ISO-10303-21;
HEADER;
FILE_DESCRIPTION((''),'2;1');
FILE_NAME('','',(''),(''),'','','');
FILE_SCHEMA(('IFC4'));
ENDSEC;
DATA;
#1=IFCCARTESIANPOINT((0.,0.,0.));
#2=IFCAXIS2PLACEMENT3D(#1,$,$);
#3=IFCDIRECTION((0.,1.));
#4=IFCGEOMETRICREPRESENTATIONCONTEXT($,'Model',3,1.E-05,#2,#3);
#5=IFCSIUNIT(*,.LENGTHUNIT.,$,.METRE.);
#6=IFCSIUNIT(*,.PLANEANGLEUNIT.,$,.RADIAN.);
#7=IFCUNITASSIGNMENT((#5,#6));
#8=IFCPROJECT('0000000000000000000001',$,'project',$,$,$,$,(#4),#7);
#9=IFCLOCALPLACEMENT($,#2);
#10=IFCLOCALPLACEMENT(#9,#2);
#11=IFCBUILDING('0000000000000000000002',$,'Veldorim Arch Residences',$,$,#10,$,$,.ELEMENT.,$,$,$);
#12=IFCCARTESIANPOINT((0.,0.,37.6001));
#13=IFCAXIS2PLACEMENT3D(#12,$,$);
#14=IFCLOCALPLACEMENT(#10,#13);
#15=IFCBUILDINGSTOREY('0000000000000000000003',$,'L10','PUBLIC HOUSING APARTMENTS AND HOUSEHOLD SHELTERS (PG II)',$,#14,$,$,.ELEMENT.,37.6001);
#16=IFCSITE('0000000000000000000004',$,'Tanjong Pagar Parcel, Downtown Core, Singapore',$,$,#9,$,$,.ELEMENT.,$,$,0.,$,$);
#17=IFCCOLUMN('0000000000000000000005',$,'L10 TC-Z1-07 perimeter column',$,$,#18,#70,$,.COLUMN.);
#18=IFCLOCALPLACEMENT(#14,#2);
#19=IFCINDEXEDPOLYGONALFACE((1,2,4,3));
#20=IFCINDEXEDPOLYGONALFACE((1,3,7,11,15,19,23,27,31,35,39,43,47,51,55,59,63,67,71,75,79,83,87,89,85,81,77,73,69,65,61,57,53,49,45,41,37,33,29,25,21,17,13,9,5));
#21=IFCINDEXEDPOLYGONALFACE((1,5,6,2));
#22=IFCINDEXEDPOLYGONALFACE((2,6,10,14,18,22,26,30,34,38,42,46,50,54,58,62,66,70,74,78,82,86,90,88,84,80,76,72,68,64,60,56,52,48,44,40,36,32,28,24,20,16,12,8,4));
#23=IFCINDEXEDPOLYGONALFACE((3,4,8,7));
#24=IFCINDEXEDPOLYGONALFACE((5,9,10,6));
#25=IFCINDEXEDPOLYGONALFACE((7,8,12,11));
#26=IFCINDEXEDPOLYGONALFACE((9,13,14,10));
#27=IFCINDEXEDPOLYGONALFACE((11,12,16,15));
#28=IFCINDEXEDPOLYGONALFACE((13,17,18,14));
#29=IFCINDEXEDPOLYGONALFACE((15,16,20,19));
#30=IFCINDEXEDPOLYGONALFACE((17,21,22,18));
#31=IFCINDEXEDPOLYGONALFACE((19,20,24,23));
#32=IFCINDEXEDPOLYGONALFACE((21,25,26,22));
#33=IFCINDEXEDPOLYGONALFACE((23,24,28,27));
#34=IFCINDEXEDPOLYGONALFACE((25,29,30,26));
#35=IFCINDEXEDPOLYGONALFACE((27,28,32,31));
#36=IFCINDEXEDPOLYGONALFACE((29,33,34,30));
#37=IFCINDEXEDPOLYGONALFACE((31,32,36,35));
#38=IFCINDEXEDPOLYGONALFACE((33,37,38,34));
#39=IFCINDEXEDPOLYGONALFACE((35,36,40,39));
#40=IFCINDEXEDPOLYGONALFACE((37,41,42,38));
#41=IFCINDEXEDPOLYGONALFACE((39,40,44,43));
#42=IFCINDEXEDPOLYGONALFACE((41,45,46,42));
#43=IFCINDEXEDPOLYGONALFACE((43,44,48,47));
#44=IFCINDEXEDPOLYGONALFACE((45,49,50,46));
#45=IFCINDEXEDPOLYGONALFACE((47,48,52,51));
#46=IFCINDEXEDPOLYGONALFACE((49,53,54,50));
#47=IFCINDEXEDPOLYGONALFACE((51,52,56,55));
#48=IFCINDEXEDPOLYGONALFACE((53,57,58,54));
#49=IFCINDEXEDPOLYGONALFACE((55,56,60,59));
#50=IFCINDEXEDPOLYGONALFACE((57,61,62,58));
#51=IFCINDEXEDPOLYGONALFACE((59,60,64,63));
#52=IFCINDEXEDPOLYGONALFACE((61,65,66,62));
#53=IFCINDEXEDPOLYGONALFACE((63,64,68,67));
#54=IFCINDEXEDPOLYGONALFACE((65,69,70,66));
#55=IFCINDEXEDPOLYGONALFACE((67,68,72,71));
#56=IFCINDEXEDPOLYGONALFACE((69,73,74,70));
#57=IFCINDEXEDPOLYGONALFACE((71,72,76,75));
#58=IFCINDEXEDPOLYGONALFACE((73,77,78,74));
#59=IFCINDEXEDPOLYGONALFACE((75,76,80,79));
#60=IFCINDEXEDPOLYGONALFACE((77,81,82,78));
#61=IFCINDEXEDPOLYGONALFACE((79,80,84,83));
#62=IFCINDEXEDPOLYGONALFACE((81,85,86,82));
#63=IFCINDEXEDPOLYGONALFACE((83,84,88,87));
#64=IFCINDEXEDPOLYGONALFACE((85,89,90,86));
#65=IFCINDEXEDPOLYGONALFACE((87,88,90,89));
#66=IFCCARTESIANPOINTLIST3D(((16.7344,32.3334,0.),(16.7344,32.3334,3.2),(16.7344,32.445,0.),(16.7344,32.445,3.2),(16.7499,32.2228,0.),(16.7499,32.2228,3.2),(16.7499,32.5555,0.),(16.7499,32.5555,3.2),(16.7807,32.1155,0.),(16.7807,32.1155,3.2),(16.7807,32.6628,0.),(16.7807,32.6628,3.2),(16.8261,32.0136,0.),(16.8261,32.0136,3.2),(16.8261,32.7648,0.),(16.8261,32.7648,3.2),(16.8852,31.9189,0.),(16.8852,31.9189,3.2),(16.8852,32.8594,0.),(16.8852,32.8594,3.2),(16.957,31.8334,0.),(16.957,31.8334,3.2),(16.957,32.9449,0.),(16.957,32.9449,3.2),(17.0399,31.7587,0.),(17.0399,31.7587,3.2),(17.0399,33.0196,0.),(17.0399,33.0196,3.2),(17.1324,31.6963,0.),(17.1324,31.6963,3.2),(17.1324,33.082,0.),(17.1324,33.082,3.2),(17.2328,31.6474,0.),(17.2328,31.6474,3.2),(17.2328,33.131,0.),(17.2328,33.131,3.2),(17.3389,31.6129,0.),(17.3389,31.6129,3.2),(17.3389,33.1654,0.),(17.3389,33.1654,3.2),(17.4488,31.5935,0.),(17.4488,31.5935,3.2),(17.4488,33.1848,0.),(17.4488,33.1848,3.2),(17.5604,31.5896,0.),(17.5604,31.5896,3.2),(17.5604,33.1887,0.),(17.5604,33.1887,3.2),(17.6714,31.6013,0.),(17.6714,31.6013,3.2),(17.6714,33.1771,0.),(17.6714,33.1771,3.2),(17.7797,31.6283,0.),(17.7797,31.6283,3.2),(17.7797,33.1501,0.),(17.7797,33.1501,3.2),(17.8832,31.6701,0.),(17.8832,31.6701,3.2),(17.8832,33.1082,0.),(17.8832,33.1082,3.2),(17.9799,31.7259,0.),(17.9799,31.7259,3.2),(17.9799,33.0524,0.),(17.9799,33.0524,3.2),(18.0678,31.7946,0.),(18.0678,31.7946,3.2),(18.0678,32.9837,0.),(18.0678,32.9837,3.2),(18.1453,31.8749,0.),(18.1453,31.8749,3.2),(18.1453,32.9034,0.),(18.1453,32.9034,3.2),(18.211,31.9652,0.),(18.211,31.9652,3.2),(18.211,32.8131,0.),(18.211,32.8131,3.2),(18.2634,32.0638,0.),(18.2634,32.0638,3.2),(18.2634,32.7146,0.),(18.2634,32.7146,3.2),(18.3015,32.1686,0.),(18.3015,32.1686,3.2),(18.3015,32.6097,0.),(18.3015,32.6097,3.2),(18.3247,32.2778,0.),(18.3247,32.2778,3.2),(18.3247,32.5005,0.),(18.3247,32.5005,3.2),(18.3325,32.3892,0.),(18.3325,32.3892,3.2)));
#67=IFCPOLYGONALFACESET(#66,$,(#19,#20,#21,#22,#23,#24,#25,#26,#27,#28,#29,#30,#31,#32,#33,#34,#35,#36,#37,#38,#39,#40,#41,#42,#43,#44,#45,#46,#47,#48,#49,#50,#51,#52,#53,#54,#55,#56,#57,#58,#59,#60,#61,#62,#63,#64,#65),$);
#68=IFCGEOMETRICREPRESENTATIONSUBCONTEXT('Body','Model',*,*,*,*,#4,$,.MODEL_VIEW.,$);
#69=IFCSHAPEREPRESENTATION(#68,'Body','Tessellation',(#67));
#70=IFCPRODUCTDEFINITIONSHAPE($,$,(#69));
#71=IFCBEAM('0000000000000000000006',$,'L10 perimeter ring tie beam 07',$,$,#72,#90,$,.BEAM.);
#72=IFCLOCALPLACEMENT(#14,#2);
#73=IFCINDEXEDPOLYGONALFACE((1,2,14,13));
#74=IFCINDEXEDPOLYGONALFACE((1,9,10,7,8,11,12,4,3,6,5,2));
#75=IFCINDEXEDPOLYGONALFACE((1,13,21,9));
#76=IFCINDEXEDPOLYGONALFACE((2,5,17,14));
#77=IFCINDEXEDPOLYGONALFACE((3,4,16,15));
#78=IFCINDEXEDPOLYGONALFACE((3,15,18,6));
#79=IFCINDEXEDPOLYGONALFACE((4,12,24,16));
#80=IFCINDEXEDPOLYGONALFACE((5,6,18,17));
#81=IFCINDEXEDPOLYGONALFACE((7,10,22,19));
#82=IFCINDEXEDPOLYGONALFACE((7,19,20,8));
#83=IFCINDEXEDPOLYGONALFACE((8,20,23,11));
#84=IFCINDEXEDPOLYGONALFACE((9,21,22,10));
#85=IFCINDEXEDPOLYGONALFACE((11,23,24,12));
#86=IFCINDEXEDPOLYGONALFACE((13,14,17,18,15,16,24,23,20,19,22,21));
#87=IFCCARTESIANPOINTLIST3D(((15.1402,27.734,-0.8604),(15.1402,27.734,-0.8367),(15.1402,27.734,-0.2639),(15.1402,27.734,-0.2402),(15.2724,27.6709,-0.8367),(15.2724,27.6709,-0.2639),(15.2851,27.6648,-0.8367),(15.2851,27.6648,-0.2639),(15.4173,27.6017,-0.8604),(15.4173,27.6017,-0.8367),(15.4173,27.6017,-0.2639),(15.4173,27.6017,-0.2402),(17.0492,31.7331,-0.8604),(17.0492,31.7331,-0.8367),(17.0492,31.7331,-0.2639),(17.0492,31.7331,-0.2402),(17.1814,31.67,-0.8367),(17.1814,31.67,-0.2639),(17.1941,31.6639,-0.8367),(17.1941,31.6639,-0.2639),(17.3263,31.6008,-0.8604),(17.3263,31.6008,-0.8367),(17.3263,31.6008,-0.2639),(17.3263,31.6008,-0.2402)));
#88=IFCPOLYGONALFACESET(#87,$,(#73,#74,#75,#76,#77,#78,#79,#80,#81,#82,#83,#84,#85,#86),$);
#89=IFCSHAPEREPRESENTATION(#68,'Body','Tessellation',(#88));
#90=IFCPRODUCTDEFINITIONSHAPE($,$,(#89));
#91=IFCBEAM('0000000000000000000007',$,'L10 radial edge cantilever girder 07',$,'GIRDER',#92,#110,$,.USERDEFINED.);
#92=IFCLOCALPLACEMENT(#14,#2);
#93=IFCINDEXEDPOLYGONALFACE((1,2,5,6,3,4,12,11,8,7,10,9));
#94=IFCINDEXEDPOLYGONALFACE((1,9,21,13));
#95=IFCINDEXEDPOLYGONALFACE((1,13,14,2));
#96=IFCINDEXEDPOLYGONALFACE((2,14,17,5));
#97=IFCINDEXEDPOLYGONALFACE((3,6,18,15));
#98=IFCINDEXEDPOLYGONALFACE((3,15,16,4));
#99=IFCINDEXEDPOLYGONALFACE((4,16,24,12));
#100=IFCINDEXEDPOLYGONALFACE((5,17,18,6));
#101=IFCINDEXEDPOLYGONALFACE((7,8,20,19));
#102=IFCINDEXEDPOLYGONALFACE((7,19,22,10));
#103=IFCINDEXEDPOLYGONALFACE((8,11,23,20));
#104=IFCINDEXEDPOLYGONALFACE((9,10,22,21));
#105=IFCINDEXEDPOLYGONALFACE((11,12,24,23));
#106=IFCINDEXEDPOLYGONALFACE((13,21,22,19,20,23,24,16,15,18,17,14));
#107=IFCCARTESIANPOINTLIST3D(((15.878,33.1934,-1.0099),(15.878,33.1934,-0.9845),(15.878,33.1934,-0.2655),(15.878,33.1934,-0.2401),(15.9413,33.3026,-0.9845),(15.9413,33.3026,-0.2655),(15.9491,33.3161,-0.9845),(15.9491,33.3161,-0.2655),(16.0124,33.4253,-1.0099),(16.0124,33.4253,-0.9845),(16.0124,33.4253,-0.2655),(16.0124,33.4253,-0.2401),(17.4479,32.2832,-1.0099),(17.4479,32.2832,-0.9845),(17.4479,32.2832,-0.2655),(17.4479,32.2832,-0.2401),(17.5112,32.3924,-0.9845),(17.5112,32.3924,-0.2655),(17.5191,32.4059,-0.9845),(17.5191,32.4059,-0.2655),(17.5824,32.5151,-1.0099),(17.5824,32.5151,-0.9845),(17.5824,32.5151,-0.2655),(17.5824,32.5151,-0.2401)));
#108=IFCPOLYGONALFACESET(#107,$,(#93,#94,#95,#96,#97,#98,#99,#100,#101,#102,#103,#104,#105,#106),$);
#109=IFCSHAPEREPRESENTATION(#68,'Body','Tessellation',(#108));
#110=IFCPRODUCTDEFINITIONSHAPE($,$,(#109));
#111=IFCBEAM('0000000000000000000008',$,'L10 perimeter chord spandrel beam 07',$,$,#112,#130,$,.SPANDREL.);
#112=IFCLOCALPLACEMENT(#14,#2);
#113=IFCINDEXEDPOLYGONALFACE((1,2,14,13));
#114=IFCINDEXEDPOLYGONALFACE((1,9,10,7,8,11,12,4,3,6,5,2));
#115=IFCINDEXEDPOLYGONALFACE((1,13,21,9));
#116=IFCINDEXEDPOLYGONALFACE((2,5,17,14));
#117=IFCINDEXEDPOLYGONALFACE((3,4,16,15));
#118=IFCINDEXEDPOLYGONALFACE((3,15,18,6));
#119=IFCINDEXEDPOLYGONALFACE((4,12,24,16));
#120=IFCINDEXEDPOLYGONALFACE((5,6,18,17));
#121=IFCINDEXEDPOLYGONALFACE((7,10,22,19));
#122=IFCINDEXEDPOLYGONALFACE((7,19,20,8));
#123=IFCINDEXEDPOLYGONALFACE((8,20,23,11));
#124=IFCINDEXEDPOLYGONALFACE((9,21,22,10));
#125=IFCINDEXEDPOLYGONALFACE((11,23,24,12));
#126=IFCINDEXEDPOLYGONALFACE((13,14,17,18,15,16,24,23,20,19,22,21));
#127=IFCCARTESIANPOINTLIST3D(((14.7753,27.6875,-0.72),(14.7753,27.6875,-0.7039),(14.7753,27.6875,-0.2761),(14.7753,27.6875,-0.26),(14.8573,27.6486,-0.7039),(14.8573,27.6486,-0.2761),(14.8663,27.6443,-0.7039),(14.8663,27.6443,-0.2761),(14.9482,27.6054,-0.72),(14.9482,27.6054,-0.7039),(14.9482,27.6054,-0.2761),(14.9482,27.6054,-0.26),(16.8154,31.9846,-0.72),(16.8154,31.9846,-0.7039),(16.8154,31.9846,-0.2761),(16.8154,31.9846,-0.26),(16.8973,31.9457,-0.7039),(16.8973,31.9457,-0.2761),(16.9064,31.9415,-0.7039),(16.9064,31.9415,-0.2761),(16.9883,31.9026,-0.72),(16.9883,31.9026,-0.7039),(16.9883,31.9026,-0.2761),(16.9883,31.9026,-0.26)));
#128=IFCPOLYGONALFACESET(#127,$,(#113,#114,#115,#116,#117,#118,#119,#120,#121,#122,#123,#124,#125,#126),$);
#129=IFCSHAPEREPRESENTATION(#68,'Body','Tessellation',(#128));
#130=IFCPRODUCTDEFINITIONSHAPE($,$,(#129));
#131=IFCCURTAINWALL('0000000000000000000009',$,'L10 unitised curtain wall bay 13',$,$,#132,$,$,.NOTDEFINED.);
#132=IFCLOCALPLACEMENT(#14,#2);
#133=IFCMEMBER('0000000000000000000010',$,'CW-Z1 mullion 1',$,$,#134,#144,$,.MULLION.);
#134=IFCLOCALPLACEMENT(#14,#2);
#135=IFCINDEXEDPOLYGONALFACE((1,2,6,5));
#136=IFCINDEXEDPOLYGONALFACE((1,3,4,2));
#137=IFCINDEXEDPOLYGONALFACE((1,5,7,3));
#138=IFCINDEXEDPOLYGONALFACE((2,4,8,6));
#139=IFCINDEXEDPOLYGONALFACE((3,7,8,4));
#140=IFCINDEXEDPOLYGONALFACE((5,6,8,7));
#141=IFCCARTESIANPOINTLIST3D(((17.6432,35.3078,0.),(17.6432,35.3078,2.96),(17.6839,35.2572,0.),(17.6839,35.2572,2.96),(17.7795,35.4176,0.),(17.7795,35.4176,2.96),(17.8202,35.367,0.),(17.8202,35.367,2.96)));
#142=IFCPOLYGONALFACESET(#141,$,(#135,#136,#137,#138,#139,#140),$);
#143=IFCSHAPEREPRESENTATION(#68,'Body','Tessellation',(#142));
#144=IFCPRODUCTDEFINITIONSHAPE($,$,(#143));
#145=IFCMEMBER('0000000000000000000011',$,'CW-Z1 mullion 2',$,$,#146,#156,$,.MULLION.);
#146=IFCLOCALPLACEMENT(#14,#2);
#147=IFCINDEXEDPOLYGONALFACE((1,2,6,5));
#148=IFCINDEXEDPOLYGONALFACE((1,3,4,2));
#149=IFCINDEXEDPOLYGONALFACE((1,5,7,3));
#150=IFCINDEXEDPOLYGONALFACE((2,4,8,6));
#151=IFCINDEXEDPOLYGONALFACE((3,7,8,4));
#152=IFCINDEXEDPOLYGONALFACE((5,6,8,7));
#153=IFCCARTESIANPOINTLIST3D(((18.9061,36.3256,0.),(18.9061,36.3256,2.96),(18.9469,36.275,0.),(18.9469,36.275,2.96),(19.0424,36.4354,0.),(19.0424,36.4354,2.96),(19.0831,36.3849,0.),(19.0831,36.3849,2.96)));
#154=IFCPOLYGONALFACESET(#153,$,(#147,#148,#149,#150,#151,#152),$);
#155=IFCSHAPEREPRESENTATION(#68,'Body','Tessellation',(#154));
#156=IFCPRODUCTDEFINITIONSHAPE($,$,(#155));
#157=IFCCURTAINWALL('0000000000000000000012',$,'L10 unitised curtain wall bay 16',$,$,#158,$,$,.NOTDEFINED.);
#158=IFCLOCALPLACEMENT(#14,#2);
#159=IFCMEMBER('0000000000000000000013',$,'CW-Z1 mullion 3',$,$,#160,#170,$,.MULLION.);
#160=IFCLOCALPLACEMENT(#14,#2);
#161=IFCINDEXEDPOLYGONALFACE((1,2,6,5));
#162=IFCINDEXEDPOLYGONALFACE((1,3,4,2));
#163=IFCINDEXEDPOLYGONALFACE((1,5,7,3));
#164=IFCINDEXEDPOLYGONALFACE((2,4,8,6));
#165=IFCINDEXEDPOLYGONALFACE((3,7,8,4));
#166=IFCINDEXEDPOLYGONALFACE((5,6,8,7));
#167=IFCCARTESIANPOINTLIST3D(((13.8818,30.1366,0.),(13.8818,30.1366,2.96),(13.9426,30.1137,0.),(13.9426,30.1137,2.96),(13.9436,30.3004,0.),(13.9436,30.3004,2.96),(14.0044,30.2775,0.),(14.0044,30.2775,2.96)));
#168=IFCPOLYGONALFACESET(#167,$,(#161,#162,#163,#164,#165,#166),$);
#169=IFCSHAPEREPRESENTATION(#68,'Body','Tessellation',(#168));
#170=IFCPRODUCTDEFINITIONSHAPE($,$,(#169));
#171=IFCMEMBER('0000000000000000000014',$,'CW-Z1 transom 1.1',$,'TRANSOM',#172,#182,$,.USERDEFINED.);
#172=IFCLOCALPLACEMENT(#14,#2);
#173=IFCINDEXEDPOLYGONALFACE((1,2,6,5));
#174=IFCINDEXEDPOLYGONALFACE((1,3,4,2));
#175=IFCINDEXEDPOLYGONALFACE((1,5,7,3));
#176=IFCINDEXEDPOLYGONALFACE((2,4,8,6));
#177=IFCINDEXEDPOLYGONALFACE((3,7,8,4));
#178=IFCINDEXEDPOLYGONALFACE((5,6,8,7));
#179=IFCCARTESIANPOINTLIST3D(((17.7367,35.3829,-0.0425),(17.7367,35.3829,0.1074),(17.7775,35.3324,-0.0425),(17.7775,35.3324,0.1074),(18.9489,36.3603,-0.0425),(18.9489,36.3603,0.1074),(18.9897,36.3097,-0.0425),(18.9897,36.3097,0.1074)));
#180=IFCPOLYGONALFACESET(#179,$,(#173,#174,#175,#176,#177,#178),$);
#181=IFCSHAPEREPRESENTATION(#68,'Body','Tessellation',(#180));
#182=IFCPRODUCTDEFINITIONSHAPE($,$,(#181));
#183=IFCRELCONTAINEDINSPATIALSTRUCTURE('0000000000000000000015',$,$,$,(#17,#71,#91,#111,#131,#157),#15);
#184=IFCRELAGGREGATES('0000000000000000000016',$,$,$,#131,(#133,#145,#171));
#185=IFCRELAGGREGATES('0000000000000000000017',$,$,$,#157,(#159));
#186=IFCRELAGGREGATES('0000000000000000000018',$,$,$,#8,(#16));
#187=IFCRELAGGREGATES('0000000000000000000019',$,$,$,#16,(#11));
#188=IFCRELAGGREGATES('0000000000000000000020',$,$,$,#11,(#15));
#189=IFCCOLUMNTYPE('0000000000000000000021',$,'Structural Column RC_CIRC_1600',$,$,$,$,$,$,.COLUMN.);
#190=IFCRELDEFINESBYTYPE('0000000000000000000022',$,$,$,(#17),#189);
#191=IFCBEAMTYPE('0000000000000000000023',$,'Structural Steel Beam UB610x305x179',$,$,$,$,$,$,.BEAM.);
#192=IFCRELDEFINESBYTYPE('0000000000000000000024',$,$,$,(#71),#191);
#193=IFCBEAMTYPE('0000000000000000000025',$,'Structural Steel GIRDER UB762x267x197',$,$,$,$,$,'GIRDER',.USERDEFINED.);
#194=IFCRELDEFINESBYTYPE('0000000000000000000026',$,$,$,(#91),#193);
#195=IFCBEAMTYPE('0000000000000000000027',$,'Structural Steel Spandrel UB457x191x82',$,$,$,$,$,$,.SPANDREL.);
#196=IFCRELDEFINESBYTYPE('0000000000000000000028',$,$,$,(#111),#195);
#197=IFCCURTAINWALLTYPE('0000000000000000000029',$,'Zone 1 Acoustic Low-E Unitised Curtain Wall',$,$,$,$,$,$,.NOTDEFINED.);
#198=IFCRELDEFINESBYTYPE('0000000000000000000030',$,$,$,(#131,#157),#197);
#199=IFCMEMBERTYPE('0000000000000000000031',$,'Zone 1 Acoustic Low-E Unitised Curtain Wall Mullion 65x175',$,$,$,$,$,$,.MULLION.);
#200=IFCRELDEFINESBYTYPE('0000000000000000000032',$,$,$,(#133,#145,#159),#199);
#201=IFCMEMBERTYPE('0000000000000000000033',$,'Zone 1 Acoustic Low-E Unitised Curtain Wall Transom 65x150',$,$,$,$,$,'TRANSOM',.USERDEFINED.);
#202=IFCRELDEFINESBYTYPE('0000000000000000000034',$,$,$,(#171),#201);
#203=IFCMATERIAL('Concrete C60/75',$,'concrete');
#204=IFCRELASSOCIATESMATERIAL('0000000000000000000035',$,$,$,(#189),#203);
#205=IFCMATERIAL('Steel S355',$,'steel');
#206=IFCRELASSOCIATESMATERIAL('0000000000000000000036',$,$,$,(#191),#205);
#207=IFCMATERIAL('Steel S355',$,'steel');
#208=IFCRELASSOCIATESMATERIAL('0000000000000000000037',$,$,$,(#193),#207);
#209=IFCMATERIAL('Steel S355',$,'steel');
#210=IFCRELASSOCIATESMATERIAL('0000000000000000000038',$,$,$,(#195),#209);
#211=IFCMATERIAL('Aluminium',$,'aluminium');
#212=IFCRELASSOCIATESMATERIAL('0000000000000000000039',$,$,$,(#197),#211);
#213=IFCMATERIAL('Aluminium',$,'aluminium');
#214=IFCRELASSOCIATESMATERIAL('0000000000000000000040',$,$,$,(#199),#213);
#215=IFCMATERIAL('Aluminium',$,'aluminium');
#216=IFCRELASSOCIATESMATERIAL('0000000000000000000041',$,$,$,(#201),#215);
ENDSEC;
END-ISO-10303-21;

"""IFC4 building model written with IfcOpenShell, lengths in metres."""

from ifc_helpers import new_model, si_unit, direction, frame, origin, origin_2d, place, context, subcontext, project, spatial, rectangle, circle, i_section, extrude, material, material_profile, profile_set, type_object, element, aggregate, save


model = new_model("IFC4")

# Units and contexts
model_context = context("Model", 3, precision=1e-05, world=origin(), true_north=direction((0.0, 1.0)))
body_context = subcontext(model_context, "Body", "Model", "MODEL_VIEW")
ifc_project = project(units=[si_unit("LENGTHUNIT", "METRE"), si_unit("PLANEANGLEUNIT", "RADIAN")], contexts=[model_context])

# Site, building, storey
site_placement = place(None, origin())
site = spatial("IfcSite", under=ifc_project, at=site_placement, Name="Tanjong Pagar Parcel, Downtown Core, Singapore", CompositionType="ELEMENT", RefElevation=0.0)
building_placement = place(site_placement, origin())
building = spatial("IfcBuilding", under=site, at=building_placement, Name="Veldorim Arch Residences", CompositionType="ELEMENT")
storey_placement = place(building_placement, frame((0.0, 0.0, 37.6001)))
storey = spatial("IfcBuildingStorey", under=building, at=storey_placement, Name="L10", Description="PUBLIC HOUSING APARTMENTS AND HOUSEHOLD SHELTERS (PG II)", CompositionType="ELEMENT", Elevation=37.6001)

# Column
ifc_material_1 = material(Name="Concrete C60/75", Category="concrete")
ifc_material_profile_1 = material_profile(ifc_material_1, circle(Radius=0.8, at=origin_2d()), Name="RC_CIRC_1600")
ifc_profile_set_1 = profile_set([ifc_material_profile_1], Name="Concrete C60/75")
column_type = type_object("IfcColumnType", Name="Structural Column RC_CIRC_1600", PredefinedType="COLUMN", material=ifc_profile_set_1)
column_placement = place(storey_placement, frame((17.5325, 32.3892, 0.0), z_axis=(0.0, 0.0, 1.0), x_axis=(1.0, 0.0, 0.0)))
element("IfcColumn", 1, at=column_placement, inside=storey, type_object=column_type, Name="L10 TC-Z1-07 perimeter column", PredefinedType="COLUMN", context=body_context, shape_type="SweptSolid", body=[
    extrude(circle(Radius=0.8, at=origin_2d()), origin(), (0.0, 0.0, 1.0), 3.2),
])

# Beams
ifc_material_2 = material(Name="Steel S355", Category="steel")
ifc_material_profile_2 = material_profile(ifc_material_2, i_section(OverallWidth=0.3071, OverallDepth=0.6201, WebThickness=0.0142, FlangeThickness=0.0237, at=origin_2d()), Name="UB610x305x179")
ifc_profile_set_2 = profile_set([ifc_material_profile_2], Name="Steel S355")
beam_type_1 = type_object("IfcBeamType", Name="Structural Steel Beam UB610x305x179", PredefinedType="BEAM", material=ifc_profile_set_2)
beam_1_placement = place(storey_placement, frame((17.1877, 31.667, -0.5503), z_axis=(-0.430787, -0.902454, 0.0), x_axis=(0.902454, -0.430787, 0.0)))
element("IfcBeam", 2, at=beam_1_placement, inside=storey, type_object=beam_type_1, Name="L10 perimeter ring tie beam 07", PredefinedType="BEAM", context=body_context, shape_type="SweptSolid", body=[
    extrude(i_section(OverallWidth=0.3071, OverallDepth=0.6201, WebThickness=0.0142, FlangeThickness=0.0237, at=origin_2d()), origin(), (0.0, 0.0, 1.0), 4.4314),
])
ifc_material_3 = material(Name="Steel S355", Category="steel")
ifc_material_profile_3 = material_profile(ifc_material_3, i_section(OverallWidth=0.2681, OverallDepth=0.7698, WebThickness=0.0156, FlangeThickness=0.0254, at=origin_2d()), Name="UB762x267x197")
ifc_profile_set_3 = profile_set([ifc_material_profile_3], Name="Steel S355")
beam_type_2 = type_object("IfcBeamType", Name="Structural Steel GIRDER UB762x267x197", ElementType="GIRDER", PredefinedType="USERDEFINED", material=ifc_profile_set_3)
beam_2_placement = place(storey_placement, frame((17.5151, 32.3992, -0.625), z_axis=(-0.865113, 0.501577, 0.0), x_axis=(-0.501577, -0.865113, 0.0)))
element("IfcBeam", 3, at=beam_2_placement, inside=storey, type_object=beam_type_2, Name="L10 radial edge cantilever girder 07", ObjectType="GIRDER", PredefinedType="USERDEFINED", context=body_context, shape_type="SweptSolid", body=[
    extrude(i_section(OverallWidth=0.2681, OverallDepth=0.7698, WebThickness=0.0156, FlangeThickness=0.0254, at=origin_2d()), origin(), (0.0, 0.0, 1.0), 1.8147),
])
ifc_material_4 = material(Name="Steel S355", Category="steel")
ifc_material_profile_4 = material_profile(ifc_material_4, i_section(OverallWidth=0.1914, OverallDepth=0.46, WebThickness=0.01, FlangeThickness=0.0161, at=origin_2d()), Name="UB457x191x82")
ifc_profile_set_4 = profile_set([ifc_material_profile_4], Name="Steel S355")
beam_type_3 = type_object("IfcBeamType", Name="Structural Steel Spandrel UB457x191x82", PredefinedType="SPANDREL", material=ifc_profile_set_4)
beam_3_placement = place(storey_placement, frame((16.9019, 31.9436, -0.49), z_axis=(-0.428869, -0.903366, 0.0), x_axis=(0.903366, -0.428869, 0.0)))
element("IfcBeam", 4, at=beam_3_placement, inside=storey, type_object=beam_type_3, Name="L10 perimeter chord spandrel beam 07", PredefinedType="SPANDREL", context=body_context, shape_type="SweptSolid", body=[
    extrude(i_section(OverallWidth=0.1914, OverallDepth=0.46, WebThickness=0.01, FlangeThickness=0.0161, at=origin_2d()), origin(), (0.0, 0.0, 1.0), 4.7568),
])

# Curtain wall, members
ifc_material_5 = material(Name="Aluminium", Category="aluminium")
curtain_wall_type = type_object("IfcCurtainWallType", Name="Zone 1 Acoustic Low-E Unitised Curtain Wall", PredefinedType="NOTDEFINED", material=ifc_material_5)
curtain_wall_1_placement = place(storey_placement, origin())
curtain_wall_1 = element("IfcCurtainWall", 5, at=curtain_wall_1_placement, inside=storey, type_object=curtain_wall_type, Name="L10 unitised curtain wall bay 13", PredefinedType="NOTDEFINED")
ifc_material_6 = material(Name="Aluminium", Category="aluminium")
ifc_material_profile_5 = material_profile(ifc_material_6, rectangle(XDim=0.0649, YDim=0.175, at=origin_2d()), Name="ALU_MUL_65x175")
ifc_profile_set_5 = profile_set([ifc_material_profile_5], Name="Aluminium")
member_type_1 = type_object("IfcMemberType", Name="Zone 1 Acoustic Low-E Unitised Curtain Wall Mullion 65x175", PredefinedType="MULLION", material=ifc_profile_set_5)
member_1_placement = place(storey_placement, frame((17.7317, 35.3374, 0.0), z_axis=(0.0, 0.0, 1.0), x_axis=(-0.627562, 0.778567, 0.0)))
member_1 = element("IfcMember", 6, at=member_1_placement, type_object=member_type_1, Name="CW-Z1 mullion 1", PredefinedType="MULLION", context=body_context, shape_type="SweptSolid", body=[
    extrude(rectangle(XDim=0.0649, YDim=0.175, at=origin_2d()), origin(), (0.0, 0.0, 1.0), 2.96),
])
member_2_placement = place(storey_placement, frame((18.9946, 36.3552, 0.0), z_axis=(0.0, 0.0, 1.0), x_axis=(-0.627562, 0.778567, 0.0)))
member_2 = element("IfcMember", 7, at=member_2_placement, type_object=member_type_1, Name="CW-Z1 mullion 2", PredefinedType="MULLION", context=body_context, shape_type="SweptSolid", body=[
    extrude(rectangle(XDim=0.0649, YDim=0.175, at=origin_2d()), origin(), (0.0, 0.0, 1.0), 2.96),
])

# Curtain wall, member
curtain_wall_2_placement = place(storey_placement, origin())
curtain_wall_2 = element("IfcCurtainWall", 8, at=curtain_wall_2_placement, inside=storey, type_object=curtain_wall_type, Name="L10 unitised curtain wall bay 16", PredefinedType="NOTDEFINED")
member_3_placement = place(storey_placement, frame((13.9431, 30.207, 0.0), z_axis=(0.0, 0.0, 1.0), x_axis=(-0.935656, 0.352914, 0.0)))
member_3 = element("IfcMember", 9, at=member_3_placement, type_object=member_type_1, Name="CW-Z1 mullion 3", PredefinedType="MULLION", context=body_context, shape_type="SweptSolid", body=[
    extrude(rectangle(XDim=0.0649, YDim=0.175, at=origin_2d()), origin(), (0.0, 0.0, 1.0), 2.96),
])

# Member
ifc_material_7 = material(Name="Aluminium", Category="aluminium")
ifc_material_profile_6 = material_profile(ifc_material_7, rectangle(XDim=0.0649, YDim=0.1499, at=origin_2d()), Name="ALU_TRN_65x150")
ifc_profile_set_6 = profile_set([ifc_material_profile_6], Name="Aluminium")
member_type_2 = type_object("IfcMemberType", Name="Zone 1 Acoustic Low-E Unitised Curtain Wall Transom 65x150", ElementType="TRANSOM", PredefinedType="USERDEFINED", material=ifc_profile_set_6)
member_4_placement = place(storey_placement, frame((17.7571, 35.3577, 0.0325), z_axis=(0.778492, 0.627654, 0.0), x_axis=(-0.627654, 0.778492, 0.0)))
member_4 = element("IfcMember", 10, at=member_4_placement, type_object=member_type_2, Name="CW-Z1 transom 1.1", ObjectType="TRANSOM", PredefinedType="USERDEFINED", context=body_context, shape_type="SweptSolid", body=[
    extrude(rectangle(XDim=0.0649, YDim=0.1499, at=origin_2d()), origin(), (0.0, 0.0, 1.0), 1.5571),
])

aggregate(curtain_wall_1, [member_1, member_2, member_4])
aggregate(curtain_wall_2, [member_3])

save(model, "model.ifc")
